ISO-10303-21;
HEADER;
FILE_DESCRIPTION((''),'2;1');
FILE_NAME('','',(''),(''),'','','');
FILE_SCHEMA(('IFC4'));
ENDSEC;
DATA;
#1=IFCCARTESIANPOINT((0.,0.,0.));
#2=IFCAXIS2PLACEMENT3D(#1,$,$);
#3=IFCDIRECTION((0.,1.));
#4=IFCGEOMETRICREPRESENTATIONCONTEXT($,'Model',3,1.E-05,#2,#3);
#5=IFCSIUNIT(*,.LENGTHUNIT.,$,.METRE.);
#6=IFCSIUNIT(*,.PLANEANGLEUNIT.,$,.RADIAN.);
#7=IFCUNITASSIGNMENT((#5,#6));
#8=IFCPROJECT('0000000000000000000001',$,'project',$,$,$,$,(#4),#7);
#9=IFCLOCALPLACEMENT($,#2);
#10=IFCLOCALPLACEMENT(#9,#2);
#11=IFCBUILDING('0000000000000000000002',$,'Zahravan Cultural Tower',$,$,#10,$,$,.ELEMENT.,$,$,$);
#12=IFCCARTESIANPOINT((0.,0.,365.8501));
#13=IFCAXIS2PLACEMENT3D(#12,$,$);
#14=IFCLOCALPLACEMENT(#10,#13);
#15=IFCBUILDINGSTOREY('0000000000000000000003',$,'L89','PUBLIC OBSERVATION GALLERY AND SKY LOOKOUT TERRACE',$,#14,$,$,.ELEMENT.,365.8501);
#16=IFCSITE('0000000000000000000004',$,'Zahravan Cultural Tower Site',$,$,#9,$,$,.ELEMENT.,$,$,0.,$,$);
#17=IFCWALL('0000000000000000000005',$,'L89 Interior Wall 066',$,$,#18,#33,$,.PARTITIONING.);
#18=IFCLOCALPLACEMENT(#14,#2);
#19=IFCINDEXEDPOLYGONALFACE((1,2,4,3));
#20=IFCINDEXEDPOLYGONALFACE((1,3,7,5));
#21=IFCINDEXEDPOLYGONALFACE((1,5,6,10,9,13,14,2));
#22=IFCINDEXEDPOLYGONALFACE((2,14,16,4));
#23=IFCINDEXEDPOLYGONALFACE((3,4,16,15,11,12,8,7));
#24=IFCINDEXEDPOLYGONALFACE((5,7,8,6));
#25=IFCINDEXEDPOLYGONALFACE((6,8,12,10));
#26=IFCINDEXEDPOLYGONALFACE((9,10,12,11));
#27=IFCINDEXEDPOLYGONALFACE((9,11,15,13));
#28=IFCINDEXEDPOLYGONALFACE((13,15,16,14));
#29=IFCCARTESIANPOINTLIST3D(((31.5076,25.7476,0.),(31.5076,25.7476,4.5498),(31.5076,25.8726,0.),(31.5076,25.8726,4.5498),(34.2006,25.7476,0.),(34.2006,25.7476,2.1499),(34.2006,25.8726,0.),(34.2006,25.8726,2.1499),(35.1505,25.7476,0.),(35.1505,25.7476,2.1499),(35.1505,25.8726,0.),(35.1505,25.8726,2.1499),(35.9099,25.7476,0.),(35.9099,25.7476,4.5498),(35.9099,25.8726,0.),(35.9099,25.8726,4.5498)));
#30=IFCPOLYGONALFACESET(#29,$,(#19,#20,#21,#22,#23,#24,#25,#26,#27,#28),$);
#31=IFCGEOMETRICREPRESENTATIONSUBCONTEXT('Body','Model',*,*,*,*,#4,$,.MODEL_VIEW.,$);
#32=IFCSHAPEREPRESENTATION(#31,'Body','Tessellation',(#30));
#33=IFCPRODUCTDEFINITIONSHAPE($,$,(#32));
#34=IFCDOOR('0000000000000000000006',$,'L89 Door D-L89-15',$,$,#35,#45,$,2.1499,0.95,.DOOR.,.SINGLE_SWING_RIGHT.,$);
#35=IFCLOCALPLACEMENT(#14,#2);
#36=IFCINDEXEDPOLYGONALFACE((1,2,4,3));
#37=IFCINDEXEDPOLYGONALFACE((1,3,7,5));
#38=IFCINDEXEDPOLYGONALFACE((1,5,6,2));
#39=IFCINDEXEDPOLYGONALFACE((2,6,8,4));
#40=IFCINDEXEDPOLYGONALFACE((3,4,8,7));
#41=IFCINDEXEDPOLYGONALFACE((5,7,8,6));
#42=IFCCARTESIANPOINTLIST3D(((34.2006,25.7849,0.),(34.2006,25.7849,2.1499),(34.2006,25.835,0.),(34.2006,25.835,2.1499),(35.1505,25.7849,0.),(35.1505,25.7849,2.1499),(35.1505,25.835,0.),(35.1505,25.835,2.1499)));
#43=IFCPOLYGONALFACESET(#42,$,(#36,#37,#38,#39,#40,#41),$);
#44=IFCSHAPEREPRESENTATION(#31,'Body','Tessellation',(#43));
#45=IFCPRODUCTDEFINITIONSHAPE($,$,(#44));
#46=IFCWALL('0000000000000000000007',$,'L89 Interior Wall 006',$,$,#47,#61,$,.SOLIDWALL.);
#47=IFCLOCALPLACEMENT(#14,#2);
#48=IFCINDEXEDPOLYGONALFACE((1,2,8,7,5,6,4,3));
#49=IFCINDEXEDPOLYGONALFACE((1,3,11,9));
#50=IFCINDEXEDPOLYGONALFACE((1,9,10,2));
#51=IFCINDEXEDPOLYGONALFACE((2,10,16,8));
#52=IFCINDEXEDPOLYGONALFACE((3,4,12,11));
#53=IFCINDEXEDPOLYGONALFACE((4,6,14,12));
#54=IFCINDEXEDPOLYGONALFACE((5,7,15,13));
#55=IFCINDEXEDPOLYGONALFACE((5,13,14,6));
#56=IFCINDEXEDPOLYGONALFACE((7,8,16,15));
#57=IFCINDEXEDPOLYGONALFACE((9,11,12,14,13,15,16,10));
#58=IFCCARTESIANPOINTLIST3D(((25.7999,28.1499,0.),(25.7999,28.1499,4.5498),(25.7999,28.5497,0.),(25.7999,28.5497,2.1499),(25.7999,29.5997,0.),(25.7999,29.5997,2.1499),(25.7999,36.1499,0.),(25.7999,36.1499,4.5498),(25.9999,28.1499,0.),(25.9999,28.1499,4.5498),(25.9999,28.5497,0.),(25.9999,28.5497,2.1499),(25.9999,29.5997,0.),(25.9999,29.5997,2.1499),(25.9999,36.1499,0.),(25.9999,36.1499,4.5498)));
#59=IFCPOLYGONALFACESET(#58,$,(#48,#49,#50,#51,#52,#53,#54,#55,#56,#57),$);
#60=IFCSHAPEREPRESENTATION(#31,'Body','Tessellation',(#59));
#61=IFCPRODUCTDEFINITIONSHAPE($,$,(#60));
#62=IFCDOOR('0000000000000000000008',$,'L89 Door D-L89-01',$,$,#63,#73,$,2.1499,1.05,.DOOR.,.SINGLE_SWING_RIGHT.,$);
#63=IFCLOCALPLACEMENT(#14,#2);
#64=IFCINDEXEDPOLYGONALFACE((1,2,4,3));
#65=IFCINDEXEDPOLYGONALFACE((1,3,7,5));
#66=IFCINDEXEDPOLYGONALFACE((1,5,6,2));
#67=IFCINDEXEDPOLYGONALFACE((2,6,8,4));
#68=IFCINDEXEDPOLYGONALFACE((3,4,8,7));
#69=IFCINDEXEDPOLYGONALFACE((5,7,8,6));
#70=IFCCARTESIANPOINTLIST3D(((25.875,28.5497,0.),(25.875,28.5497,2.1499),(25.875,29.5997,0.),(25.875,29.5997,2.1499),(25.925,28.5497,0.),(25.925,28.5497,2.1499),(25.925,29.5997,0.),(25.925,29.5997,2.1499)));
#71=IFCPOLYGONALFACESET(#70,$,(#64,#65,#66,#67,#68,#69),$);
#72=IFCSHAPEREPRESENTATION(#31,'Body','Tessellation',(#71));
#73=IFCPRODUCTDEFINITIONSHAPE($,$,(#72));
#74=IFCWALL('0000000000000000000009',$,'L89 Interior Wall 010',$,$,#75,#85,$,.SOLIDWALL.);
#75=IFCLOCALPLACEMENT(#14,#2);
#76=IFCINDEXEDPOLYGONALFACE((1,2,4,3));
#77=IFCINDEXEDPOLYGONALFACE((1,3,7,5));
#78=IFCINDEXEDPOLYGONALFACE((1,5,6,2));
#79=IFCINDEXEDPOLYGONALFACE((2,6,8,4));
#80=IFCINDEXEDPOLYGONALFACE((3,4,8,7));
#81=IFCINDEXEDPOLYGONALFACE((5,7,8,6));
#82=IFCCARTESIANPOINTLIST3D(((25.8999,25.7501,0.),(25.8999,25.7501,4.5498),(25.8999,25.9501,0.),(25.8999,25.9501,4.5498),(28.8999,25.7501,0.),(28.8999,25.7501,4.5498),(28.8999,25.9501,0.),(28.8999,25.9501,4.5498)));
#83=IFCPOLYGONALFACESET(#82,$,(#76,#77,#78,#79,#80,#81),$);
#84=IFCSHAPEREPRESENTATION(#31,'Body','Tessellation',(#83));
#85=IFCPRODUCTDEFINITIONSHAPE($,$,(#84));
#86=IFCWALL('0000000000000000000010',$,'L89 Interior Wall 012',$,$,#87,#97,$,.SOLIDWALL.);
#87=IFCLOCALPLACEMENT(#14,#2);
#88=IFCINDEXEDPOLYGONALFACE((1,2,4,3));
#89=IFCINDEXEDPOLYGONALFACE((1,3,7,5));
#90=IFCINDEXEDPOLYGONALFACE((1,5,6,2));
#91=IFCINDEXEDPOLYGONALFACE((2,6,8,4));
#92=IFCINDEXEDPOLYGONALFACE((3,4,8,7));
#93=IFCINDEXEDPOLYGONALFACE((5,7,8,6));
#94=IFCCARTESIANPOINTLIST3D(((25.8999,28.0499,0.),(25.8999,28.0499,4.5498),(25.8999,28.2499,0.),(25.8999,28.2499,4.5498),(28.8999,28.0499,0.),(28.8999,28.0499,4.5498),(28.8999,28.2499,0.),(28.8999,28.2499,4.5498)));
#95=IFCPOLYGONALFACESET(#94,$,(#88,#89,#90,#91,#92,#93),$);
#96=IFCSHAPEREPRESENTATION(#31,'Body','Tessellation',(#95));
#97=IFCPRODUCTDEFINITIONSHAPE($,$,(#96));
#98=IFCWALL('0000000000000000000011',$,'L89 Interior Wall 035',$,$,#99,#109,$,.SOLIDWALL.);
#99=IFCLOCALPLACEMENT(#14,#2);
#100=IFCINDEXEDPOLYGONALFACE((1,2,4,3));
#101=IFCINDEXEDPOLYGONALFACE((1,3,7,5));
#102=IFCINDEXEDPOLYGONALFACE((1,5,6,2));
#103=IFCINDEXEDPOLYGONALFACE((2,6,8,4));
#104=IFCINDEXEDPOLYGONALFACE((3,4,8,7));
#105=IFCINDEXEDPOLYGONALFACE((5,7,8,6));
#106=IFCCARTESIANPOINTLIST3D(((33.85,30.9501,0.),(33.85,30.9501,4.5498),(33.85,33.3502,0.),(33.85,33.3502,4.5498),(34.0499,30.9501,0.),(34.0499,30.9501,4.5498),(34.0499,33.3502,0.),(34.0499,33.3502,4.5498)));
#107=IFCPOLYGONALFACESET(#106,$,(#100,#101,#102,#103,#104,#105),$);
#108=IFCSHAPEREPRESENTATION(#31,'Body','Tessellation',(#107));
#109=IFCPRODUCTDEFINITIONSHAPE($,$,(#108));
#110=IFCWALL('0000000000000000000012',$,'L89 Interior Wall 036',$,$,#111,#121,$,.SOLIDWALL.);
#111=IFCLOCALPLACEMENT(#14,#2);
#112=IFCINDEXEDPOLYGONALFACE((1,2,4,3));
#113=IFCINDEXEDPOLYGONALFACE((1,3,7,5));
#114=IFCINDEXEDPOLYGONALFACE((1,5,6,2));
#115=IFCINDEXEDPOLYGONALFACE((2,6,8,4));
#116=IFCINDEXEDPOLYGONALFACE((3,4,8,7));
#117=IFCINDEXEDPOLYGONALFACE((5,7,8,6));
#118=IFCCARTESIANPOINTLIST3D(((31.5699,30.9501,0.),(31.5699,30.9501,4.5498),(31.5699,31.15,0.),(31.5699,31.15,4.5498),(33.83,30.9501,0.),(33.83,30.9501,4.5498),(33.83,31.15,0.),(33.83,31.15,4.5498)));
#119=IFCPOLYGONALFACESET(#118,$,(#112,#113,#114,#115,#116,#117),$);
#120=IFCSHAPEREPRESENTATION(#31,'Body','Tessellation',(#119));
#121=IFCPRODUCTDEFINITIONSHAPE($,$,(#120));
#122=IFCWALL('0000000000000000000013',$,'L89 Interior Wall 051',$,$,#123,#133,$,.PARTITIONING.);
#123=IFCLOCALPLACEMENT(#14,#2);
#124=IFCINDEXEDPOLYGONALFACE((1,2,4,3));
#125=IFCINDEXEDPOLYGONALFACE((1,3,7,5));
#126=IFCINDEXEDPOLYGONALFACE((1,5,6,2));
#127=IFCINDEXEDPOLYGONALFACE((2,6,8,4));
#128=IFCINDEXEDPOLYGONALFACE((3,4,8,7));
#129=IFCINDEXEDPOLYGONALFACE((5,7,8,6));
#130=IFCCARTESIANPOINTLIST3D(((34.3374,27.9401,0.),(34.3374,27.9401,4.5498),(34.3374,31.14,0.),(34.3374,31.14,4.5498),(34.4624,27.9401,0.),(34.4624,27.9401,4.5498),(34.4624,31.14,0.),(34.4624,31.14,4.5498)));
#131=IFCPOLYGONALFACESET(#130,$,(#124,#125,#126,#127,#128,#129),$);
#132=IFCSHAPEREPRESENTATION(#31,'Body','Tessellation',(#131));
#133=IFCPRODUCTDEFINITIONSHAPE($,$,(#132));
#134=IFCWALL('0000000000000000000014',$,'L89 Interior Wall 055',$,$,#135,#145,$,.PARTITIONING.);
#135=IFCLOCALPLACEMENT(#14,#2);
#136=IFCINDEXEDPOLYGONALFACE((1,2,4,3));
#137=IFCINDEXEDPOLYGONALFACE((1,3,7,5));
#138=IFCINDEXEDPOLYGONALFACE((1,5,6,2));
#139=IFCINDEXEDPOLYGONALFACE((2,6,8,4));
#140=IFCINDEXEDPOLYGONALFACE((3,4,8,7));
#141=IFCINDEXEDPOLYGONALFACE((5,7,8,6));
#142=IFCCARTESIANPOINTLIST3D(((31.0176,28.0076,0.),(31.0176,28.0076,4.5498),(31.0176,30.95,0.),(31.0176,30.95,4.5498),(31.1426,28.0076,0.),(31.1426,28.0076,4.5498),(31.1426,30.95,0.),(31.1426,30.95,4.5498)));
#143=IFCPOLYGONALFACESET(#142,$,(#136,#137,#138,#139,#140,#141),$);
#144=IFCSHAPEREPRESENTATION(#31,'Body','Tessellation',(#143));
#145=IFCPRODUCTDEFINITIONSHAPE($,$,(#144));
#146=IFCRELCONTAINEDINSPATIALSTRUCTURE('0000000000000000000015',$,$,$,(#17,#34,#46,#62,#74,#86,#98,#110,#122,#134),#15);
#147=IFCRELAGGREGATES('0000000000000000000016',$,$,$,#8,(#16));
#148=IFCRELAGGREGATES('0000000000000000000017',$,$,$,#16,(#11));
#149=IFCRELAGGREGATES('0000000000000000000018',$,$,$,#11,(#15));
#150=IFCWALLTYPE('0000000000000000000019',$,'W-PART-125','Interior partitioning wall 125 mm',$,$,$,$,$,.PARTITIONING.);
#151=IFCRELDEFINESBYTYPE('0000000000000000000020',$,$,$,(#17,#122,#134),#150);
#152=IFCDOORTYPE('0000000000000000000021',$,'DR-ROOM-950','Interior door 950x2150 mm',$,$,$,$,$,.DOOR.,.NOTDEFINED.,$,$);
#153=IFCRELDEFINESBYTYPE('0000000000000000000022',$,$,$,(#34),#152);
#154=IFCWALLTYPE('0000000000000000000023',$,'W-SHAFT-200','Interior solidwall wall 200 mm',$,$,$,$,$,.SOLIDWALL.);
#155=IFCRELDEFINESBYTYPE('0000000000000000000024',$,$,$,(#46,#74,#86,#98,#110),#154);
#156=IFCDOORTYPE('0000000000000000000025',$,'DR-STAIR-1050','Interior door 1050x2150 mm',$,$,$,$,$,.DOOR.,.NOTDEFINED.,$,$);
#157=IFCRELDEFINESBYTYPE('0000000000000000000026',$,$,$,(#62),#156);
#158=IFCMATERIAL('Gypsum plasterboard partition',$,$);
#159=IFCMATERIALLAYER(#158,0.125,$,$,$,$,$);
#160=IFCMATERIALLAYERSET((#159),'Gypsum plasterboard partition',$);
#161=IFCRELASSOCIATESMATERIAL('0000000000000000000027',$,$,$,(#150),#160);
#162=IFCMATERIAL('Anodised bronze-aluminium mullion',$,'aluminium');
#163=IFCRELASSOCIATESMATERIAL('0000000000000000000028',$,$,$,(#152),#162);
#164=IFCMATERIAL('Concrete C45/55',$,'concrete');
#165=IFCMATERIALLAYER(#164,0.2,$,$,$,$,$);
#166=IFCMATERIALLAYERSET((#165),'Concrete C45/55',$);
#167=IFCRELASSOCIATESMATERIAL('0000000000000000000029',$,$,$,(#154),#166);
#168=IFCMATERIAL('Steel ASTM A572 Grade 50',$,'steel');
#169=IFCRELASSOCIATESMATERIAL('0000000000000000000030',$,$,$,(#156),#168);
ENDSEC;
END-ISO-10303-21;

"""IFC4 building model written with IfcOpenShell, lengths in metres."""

from ifc_helpers import new_model, si_unit, direction, frame, frame_2d, origin, place, context, subcontext, project, spatial, rectangle, extrude, source, transform, mapped, material, layer, layer_set, type_object, element, fill, save


model = new_model("IFC4")

# Units and contexts
model_context = context("Model", 3, precision=1e-05, world=origin(), true_north=direction((0.0, 1.0)))
body_context = subcontext(model_context, "Body", "Model", "MODEL_VIEW")
ifc_project = project(units=[si_unit("LENGTHUNIT", "METRE"), si_unit("PLANEANGLEUNIT", "RADIAN")], contexts=[model_context])

# Site, building, storey
site_placement = place(None, origin())
site = spatial("IfcSite", under=ifc_project, at=site_placement, Name="Zahravan Cultural Tower Site", CompositionType="ELEMENT", RefElevation=0.0)
building_placement = place(site_placement, origin())
building = spatial("IfcBuilding", under=site, at=building_placement, Name="Zahravan Cultural Tower", CompositionType="ELEMENT")
storey_placement = place(building_placement, frame((0.0, 0.0, 365.8501)))
storey = spatial("IfcBuildingStorey", under=building, at=storey_placement, Name="L89", Description="PUBLIC OBSERVATION GALLERY AND SKY LOOKOUT TERRACE", CompositionType="ELEMENT", Elevation=365.8501)

# Walls, openings, doors
ifc_material_1 = material(Name="Steel ASTM A572 Grade 50", Category="steel")
ifc_material_2 = material(Name="Gypsum plasterboard partition")
ifc_layer_1 = layer(ifc_material_2, 0.125)
ifc_layer_set_1 = layer_set([ifc_layer_1], Name="Gypsum plasterboard partition")
wall_type_1 = type_object("IfcWallType", Name="W-PART-125", Description="Interior partitioning wall 125 mm", PredefinedType="PARTITIONING", material=ifc_layer_set_1)
ifc_material_3 = material(Name="Anodised bronze-aluminium mullion", Category="aluminium")
door_type_1 = type_object("IfcDoorType", Name="DR-ROOM-950", Description="Interior door 950x2150 mm", OperationType="NOTDEFINED", PredefinedType="DOOR", material=ifc_material_3)
shared_shape_1 = source(origin(), body_context, "Body", "SweptSolid", [
    extrude(rectangle(XDim=0.95, YDim=2.1499, at=frame_2d((0.4751, 1.075))), frame((0.0, 0.0249, 0.0), z_axis=(0.0, -1.0, 0.0), x_axis=(1.0, 0.0, 0.0)), (0.0, 0.0, 1.0), 0.05),
])
wall_1_placement = place(storey_placement, frame((31.5076, 25.8101, 0.0), z_axis=(0.0, 0.0, 1.0), x_axis=(1.0, 0.0, 0.0)))
wall_1 = element("IfcWall", 1, at=wall_1_placement, inside=storey, type_object=wall_type_1, Name="L89 Interior Wall 066", PredefinedType="PARTITIONING", context=body_context, shape_type="SweptSolid", body=[
    extrude(rectangle(XDim=4.4023, YDim=0.125, at=frame_2d((2.2012, 0.0))), origin(), (0.0, 0.0, 1.0), 4.5498),
])
opening_1_placement = place(wall_1_placement, frame((2.6929, 0.0, 0.0)))
opening_1 = element("IfcOpeningElement", 2, at=opening_1_placement, cuts=wall_1, PredefinedType="OPENING", context=body_context, shape_type="SweptSolid", body=[
    extrude(rectangle(XDim=0.95, YDim=2.1499, at=frame_2d((0.4751, 1.075))), frame((0.0, 0.0725, 0.0), z_axis=(0.0, -1.0, 0.0), x_axis=(1.0, 0.0, 0.0)), (0.0, 0.0, 1.0), 0.145),
])
door_1_placement = place(opening_1_placement, origin())
door_1 = element("IfcDoor", 3, at=door_1_placement, inside=storey, type_object=door_type_1, Name="L89 Door D-L89-15", OperationType="SINGLE_SWING_RIGHT", OverallHeight=2.1499, OverallWidth=0.95, PredefinedType="DOOR", context=body_context, shape_type="MappedRepresentation", body=[
    mapped(shared_shape_1, transform((0.0, 0.0, 0.0), x_axis=(1.0, 0.0, 0.0), y_axis=(0.0, 1.0, 0.0), z_axis=(0.0, 0.0, 1.0), scale=1.0)),
])
fill(opening_1, door_1)
ifc_material_4 = material(Name="Concrete C45/55", Category="concrete")
ifc_layer_2 = layer(ifc_material_4, 0.2)
ifc_layer_set_2 = layer_set([ifc_layer_2], Name="Concrete C45/55")
wall_type_2 = type_object("IfcWallType", Name="W-SHAFT-200", Description="Interior solidwall wall 200 mm", PredefinedType="SOLIDWALL", material=ifc_layer_set_2)
wall_2_placement = place(storey_placement, frame((25.8999, 28.1499, 0.0), z_axis=(0.0, 0.0, 1.0), x_axis=(0.0, 1.0, 0.0)))
wall_2 = element("IfcWall", 4, at=wall_2_placement, inside=storey, type_object=wall_type_2, Name="L89 Interior Wall 006", PredefinedType="SOLIDWALL", context=body_context, shape_type="SweptSolid", body=[
    extrude(rectangle(XDim=8.0, YDim=0.2, at=frame_2d((4.0, 0.0))), origin(), (0.0, 0.0, 1.0), 4.5498),
])
opening_2_placement = place(wall_2_placement, frame((0.3999, 0.0, 0.0)))
opening_2 = element("IfcOpeningElement", 5, at=opening_2_placement, cuts=wall_2, PredefinedType="OPENING", context=body_context, shape_type="SweptSolid", body=[
    extrude(rectangle(XDim=1.05, YDim=2.1499, at=frame_2d((0.5249, 1.075))), frame((0.0, 0.1099, 0.0), z_axis=(0.0, -1.0, 0.0), x_axis=(1.0, 0.0, 0.0)), (0.0, 0.0, 1.0), 0.22),
])
door_type_2 = type_object("IfcDoorType", Name="DR-STAIR-1050", Description="Interior door 1050x2150 mm", OperationType="NOTDEFINED", PredefinedType="DOOR", material=ifc_material_1)
shared_shape_2 = source(origin(), body_context, "Body", "SweptSolid", [
    extrude(rectangle(XDim=1.05, YDim=2.1499, at=frame_2d((0.5249, 1.075))), frame((0.0, 0.0249, 0.0), z_axis=(0.0, -1.0, 0.0), x_axis=(1.0, 0.0, 0.0)), (0.0, 0.0, 1.0), 0.05),
])
door_2_placement = place(opening_2_placement, origin())
door_2 = element("IfcDoor", 6, at=door_2_placement, inside=storey, type_object=door_type_2, Name="L89 Door D-L89-01", OperationType="SINGLE_SWING_RIGHT", OverallHeight=2.1499, OverallWidth=1.05, PredefinedType="DOOR", context=body_context, shape_type="MappedRepresentation", body=[
    mapped(shared_shape_2, transform((0.0, 0.0, 0.0), x_axis=(1.0, 0.0, 0.0), y_axis=(0.0, 1.0, 0.0), z_axis=(0.0, 0.0, 1.0), scale=1.0)),
])
fill(opening_2, door_2)

# Walls
shared_shape_3 = source(origin(), body_context, "Body", "SweptSolid", [
    extrude(rectangle(XDim=3.0, YDim=0.2, at=frame_2d((1.5, 0.0))), origin(), (0.0, 0.0, 1.0), 4.5498),
])
for number, where, z_axis, x_axis, name in (
    (7, (25.8999, 25.8501, 0.0), (0.0, 0.0, 1.0), (1.0, 0.0, 0.0), "L89 Interior Wall 010"),
    (8, (25.8999, 28.1499, 0.0), (0.0, 0.0, 1.0), (1.0, 0.0, 0.0), "L89 Interior Wall 012"),
):
    element("IfcWall", number, at=place(storey_placement, frame(where, z_axis=z_axis, x_axis=x_axis)), inside=storey, type_object=wall_type_2, Name=name, PredefinedType="SOLIDWALL", context=body_context, shape_type="MappedRepresentation", body=[
        mapped(shared_shape_3, transform((0.0, 0.0, 0.0), x_axis=(1.0, 0.0, 0.0), y_axis=(0.0, 1.0, 0.0), z_axis=(0.0, 0.0, 1.0), scale=1.0)),
    ])
shared_shape_4 = source(origin(), body_context, "Body", "SweptSolid", [
    extrude(rectangle(XDim=2.4001, YDim=0.2, at=frame_2d((1.2002, 0.0))), origin(), (0.0, 0.0, 1.0), 4.5498),
])
wall_3_placement = place(storey_placement, frame((33.95, 30.95, 0.0), z_axis=(0.0, 0.0, 1.0), x_axis=(0.0, 1.0, 0.0)))
element("IfcWall", 9, at=wall_3_placement, inside=storey, type_object=wall_type_2, Name="L89 Interior Wall 035", PredefinedType="SOLIDWALL", context=body_context, shape_type="MappedRepresentation", body=[
    mapped(shared_shape_4, transform((0.0, 0.0, 0.0), x_axis=(1.0, 0.0, 0.0), y_axis=(0.0, 1.0, 0.0), z_axis=(0.0, 0.0, 1.0), scale=1.0)),
])
shared_shape_5 = source(origin(), body_context, "Body", "SweptSolid", [
    extrude(rectangle(XDim=2.26, YDim=0.2, at=frame_2d((1.1299, 0.0))), origin(), (0.0, 0.0, 1.0), 4.5498),
])
wall_4_placement = place(storey_placement, frame((31.5701, 31.05, 0.0), z_axis=(0.0, 0.0, 1.0), x_axis=(1.0, 0.0, 0.0)))
element("IfcWall", 10, at=wall_4_placement, inside=storey, type_object=wall_type_2, Name="L89 Interior Wall 036", PredefinedType="SOLIDWALL", context=body_context, shape_type="MappedRepresentation", body=[
    mapped(shared_shape_5, transform((0.0, 0.0, 0.0), x_axis=(1.0, 0.0, 0.0), y_axis=(0.0, 1.0, 0.0), z_axis=(0.0, 0.0, 1.0), scale=1.0)),
])
shared_shape_6 = source(origin(), body_context, "Body", "SweptSolid", [
    extrude(rectangle(XDim=3.2, YDim=0.125, at=frame_2d((1.6001, 0.0))), origin(), (0.0, 0.0, 1.0), 4.5498),
])
wall_5_placement = place(storey_placement, frame((34.3999, 27.9399, 0.0), z_axis=(0.0, 0.0, 1.0), x_axis=(0.0, 1.0, 0.0)))
element("IfcWall", 11, at=wall_5_placement, inside=storey, type_object=wall_type_1, Name="L89 Interior Wall 051", PredefinedType="PARTITIONING", context=body_context, shape_type="MappedRepresentation", body=[
    mapped(shared_shape_6, transform((0.0, 0.0, 0.0), x_axis=(1.0, 0.0, 0.0), y_axis=(0.0, 1.0, 0.0), z_axis=(0.0, 0.0, 1.0), scale=1.0)),
])
shared_shape_7 = source(origin(), body_context, "Body", "SweptSolid", [
    extrude(rectangle(XDim=2.9424, YDim=0.125, at=frame_2d((1.4712, 0.0))), origin(), (0.0, 0.0, 1.0), 4.5498),
])
wall_6_placement = place(storey_placement, frame((31.0801, 28.0076, 0.0), z_axis=(0.0, 0.0, 1.0), x_axis=(0.0, 1.0, 0.0)))
element("IfcWall", 12, at=wall_6_placement, inside=storey, type_object=wall_type_1, Name="L89 Interior Wall 055", PredefinedType="PARTITIONING", context=body_context, shape_type="MappedRepresentation", body=[
    mapped(shared_shape_7, transform((0.0, 0.0, 0.0), x_axis=(1.0, 0.0, 0.0), y_axis=(0.0, 1.0, 0.0), z_axis=(0.0, 0.0, 1.0), scale=1.0)),
])

save(model, "model.ifc")
